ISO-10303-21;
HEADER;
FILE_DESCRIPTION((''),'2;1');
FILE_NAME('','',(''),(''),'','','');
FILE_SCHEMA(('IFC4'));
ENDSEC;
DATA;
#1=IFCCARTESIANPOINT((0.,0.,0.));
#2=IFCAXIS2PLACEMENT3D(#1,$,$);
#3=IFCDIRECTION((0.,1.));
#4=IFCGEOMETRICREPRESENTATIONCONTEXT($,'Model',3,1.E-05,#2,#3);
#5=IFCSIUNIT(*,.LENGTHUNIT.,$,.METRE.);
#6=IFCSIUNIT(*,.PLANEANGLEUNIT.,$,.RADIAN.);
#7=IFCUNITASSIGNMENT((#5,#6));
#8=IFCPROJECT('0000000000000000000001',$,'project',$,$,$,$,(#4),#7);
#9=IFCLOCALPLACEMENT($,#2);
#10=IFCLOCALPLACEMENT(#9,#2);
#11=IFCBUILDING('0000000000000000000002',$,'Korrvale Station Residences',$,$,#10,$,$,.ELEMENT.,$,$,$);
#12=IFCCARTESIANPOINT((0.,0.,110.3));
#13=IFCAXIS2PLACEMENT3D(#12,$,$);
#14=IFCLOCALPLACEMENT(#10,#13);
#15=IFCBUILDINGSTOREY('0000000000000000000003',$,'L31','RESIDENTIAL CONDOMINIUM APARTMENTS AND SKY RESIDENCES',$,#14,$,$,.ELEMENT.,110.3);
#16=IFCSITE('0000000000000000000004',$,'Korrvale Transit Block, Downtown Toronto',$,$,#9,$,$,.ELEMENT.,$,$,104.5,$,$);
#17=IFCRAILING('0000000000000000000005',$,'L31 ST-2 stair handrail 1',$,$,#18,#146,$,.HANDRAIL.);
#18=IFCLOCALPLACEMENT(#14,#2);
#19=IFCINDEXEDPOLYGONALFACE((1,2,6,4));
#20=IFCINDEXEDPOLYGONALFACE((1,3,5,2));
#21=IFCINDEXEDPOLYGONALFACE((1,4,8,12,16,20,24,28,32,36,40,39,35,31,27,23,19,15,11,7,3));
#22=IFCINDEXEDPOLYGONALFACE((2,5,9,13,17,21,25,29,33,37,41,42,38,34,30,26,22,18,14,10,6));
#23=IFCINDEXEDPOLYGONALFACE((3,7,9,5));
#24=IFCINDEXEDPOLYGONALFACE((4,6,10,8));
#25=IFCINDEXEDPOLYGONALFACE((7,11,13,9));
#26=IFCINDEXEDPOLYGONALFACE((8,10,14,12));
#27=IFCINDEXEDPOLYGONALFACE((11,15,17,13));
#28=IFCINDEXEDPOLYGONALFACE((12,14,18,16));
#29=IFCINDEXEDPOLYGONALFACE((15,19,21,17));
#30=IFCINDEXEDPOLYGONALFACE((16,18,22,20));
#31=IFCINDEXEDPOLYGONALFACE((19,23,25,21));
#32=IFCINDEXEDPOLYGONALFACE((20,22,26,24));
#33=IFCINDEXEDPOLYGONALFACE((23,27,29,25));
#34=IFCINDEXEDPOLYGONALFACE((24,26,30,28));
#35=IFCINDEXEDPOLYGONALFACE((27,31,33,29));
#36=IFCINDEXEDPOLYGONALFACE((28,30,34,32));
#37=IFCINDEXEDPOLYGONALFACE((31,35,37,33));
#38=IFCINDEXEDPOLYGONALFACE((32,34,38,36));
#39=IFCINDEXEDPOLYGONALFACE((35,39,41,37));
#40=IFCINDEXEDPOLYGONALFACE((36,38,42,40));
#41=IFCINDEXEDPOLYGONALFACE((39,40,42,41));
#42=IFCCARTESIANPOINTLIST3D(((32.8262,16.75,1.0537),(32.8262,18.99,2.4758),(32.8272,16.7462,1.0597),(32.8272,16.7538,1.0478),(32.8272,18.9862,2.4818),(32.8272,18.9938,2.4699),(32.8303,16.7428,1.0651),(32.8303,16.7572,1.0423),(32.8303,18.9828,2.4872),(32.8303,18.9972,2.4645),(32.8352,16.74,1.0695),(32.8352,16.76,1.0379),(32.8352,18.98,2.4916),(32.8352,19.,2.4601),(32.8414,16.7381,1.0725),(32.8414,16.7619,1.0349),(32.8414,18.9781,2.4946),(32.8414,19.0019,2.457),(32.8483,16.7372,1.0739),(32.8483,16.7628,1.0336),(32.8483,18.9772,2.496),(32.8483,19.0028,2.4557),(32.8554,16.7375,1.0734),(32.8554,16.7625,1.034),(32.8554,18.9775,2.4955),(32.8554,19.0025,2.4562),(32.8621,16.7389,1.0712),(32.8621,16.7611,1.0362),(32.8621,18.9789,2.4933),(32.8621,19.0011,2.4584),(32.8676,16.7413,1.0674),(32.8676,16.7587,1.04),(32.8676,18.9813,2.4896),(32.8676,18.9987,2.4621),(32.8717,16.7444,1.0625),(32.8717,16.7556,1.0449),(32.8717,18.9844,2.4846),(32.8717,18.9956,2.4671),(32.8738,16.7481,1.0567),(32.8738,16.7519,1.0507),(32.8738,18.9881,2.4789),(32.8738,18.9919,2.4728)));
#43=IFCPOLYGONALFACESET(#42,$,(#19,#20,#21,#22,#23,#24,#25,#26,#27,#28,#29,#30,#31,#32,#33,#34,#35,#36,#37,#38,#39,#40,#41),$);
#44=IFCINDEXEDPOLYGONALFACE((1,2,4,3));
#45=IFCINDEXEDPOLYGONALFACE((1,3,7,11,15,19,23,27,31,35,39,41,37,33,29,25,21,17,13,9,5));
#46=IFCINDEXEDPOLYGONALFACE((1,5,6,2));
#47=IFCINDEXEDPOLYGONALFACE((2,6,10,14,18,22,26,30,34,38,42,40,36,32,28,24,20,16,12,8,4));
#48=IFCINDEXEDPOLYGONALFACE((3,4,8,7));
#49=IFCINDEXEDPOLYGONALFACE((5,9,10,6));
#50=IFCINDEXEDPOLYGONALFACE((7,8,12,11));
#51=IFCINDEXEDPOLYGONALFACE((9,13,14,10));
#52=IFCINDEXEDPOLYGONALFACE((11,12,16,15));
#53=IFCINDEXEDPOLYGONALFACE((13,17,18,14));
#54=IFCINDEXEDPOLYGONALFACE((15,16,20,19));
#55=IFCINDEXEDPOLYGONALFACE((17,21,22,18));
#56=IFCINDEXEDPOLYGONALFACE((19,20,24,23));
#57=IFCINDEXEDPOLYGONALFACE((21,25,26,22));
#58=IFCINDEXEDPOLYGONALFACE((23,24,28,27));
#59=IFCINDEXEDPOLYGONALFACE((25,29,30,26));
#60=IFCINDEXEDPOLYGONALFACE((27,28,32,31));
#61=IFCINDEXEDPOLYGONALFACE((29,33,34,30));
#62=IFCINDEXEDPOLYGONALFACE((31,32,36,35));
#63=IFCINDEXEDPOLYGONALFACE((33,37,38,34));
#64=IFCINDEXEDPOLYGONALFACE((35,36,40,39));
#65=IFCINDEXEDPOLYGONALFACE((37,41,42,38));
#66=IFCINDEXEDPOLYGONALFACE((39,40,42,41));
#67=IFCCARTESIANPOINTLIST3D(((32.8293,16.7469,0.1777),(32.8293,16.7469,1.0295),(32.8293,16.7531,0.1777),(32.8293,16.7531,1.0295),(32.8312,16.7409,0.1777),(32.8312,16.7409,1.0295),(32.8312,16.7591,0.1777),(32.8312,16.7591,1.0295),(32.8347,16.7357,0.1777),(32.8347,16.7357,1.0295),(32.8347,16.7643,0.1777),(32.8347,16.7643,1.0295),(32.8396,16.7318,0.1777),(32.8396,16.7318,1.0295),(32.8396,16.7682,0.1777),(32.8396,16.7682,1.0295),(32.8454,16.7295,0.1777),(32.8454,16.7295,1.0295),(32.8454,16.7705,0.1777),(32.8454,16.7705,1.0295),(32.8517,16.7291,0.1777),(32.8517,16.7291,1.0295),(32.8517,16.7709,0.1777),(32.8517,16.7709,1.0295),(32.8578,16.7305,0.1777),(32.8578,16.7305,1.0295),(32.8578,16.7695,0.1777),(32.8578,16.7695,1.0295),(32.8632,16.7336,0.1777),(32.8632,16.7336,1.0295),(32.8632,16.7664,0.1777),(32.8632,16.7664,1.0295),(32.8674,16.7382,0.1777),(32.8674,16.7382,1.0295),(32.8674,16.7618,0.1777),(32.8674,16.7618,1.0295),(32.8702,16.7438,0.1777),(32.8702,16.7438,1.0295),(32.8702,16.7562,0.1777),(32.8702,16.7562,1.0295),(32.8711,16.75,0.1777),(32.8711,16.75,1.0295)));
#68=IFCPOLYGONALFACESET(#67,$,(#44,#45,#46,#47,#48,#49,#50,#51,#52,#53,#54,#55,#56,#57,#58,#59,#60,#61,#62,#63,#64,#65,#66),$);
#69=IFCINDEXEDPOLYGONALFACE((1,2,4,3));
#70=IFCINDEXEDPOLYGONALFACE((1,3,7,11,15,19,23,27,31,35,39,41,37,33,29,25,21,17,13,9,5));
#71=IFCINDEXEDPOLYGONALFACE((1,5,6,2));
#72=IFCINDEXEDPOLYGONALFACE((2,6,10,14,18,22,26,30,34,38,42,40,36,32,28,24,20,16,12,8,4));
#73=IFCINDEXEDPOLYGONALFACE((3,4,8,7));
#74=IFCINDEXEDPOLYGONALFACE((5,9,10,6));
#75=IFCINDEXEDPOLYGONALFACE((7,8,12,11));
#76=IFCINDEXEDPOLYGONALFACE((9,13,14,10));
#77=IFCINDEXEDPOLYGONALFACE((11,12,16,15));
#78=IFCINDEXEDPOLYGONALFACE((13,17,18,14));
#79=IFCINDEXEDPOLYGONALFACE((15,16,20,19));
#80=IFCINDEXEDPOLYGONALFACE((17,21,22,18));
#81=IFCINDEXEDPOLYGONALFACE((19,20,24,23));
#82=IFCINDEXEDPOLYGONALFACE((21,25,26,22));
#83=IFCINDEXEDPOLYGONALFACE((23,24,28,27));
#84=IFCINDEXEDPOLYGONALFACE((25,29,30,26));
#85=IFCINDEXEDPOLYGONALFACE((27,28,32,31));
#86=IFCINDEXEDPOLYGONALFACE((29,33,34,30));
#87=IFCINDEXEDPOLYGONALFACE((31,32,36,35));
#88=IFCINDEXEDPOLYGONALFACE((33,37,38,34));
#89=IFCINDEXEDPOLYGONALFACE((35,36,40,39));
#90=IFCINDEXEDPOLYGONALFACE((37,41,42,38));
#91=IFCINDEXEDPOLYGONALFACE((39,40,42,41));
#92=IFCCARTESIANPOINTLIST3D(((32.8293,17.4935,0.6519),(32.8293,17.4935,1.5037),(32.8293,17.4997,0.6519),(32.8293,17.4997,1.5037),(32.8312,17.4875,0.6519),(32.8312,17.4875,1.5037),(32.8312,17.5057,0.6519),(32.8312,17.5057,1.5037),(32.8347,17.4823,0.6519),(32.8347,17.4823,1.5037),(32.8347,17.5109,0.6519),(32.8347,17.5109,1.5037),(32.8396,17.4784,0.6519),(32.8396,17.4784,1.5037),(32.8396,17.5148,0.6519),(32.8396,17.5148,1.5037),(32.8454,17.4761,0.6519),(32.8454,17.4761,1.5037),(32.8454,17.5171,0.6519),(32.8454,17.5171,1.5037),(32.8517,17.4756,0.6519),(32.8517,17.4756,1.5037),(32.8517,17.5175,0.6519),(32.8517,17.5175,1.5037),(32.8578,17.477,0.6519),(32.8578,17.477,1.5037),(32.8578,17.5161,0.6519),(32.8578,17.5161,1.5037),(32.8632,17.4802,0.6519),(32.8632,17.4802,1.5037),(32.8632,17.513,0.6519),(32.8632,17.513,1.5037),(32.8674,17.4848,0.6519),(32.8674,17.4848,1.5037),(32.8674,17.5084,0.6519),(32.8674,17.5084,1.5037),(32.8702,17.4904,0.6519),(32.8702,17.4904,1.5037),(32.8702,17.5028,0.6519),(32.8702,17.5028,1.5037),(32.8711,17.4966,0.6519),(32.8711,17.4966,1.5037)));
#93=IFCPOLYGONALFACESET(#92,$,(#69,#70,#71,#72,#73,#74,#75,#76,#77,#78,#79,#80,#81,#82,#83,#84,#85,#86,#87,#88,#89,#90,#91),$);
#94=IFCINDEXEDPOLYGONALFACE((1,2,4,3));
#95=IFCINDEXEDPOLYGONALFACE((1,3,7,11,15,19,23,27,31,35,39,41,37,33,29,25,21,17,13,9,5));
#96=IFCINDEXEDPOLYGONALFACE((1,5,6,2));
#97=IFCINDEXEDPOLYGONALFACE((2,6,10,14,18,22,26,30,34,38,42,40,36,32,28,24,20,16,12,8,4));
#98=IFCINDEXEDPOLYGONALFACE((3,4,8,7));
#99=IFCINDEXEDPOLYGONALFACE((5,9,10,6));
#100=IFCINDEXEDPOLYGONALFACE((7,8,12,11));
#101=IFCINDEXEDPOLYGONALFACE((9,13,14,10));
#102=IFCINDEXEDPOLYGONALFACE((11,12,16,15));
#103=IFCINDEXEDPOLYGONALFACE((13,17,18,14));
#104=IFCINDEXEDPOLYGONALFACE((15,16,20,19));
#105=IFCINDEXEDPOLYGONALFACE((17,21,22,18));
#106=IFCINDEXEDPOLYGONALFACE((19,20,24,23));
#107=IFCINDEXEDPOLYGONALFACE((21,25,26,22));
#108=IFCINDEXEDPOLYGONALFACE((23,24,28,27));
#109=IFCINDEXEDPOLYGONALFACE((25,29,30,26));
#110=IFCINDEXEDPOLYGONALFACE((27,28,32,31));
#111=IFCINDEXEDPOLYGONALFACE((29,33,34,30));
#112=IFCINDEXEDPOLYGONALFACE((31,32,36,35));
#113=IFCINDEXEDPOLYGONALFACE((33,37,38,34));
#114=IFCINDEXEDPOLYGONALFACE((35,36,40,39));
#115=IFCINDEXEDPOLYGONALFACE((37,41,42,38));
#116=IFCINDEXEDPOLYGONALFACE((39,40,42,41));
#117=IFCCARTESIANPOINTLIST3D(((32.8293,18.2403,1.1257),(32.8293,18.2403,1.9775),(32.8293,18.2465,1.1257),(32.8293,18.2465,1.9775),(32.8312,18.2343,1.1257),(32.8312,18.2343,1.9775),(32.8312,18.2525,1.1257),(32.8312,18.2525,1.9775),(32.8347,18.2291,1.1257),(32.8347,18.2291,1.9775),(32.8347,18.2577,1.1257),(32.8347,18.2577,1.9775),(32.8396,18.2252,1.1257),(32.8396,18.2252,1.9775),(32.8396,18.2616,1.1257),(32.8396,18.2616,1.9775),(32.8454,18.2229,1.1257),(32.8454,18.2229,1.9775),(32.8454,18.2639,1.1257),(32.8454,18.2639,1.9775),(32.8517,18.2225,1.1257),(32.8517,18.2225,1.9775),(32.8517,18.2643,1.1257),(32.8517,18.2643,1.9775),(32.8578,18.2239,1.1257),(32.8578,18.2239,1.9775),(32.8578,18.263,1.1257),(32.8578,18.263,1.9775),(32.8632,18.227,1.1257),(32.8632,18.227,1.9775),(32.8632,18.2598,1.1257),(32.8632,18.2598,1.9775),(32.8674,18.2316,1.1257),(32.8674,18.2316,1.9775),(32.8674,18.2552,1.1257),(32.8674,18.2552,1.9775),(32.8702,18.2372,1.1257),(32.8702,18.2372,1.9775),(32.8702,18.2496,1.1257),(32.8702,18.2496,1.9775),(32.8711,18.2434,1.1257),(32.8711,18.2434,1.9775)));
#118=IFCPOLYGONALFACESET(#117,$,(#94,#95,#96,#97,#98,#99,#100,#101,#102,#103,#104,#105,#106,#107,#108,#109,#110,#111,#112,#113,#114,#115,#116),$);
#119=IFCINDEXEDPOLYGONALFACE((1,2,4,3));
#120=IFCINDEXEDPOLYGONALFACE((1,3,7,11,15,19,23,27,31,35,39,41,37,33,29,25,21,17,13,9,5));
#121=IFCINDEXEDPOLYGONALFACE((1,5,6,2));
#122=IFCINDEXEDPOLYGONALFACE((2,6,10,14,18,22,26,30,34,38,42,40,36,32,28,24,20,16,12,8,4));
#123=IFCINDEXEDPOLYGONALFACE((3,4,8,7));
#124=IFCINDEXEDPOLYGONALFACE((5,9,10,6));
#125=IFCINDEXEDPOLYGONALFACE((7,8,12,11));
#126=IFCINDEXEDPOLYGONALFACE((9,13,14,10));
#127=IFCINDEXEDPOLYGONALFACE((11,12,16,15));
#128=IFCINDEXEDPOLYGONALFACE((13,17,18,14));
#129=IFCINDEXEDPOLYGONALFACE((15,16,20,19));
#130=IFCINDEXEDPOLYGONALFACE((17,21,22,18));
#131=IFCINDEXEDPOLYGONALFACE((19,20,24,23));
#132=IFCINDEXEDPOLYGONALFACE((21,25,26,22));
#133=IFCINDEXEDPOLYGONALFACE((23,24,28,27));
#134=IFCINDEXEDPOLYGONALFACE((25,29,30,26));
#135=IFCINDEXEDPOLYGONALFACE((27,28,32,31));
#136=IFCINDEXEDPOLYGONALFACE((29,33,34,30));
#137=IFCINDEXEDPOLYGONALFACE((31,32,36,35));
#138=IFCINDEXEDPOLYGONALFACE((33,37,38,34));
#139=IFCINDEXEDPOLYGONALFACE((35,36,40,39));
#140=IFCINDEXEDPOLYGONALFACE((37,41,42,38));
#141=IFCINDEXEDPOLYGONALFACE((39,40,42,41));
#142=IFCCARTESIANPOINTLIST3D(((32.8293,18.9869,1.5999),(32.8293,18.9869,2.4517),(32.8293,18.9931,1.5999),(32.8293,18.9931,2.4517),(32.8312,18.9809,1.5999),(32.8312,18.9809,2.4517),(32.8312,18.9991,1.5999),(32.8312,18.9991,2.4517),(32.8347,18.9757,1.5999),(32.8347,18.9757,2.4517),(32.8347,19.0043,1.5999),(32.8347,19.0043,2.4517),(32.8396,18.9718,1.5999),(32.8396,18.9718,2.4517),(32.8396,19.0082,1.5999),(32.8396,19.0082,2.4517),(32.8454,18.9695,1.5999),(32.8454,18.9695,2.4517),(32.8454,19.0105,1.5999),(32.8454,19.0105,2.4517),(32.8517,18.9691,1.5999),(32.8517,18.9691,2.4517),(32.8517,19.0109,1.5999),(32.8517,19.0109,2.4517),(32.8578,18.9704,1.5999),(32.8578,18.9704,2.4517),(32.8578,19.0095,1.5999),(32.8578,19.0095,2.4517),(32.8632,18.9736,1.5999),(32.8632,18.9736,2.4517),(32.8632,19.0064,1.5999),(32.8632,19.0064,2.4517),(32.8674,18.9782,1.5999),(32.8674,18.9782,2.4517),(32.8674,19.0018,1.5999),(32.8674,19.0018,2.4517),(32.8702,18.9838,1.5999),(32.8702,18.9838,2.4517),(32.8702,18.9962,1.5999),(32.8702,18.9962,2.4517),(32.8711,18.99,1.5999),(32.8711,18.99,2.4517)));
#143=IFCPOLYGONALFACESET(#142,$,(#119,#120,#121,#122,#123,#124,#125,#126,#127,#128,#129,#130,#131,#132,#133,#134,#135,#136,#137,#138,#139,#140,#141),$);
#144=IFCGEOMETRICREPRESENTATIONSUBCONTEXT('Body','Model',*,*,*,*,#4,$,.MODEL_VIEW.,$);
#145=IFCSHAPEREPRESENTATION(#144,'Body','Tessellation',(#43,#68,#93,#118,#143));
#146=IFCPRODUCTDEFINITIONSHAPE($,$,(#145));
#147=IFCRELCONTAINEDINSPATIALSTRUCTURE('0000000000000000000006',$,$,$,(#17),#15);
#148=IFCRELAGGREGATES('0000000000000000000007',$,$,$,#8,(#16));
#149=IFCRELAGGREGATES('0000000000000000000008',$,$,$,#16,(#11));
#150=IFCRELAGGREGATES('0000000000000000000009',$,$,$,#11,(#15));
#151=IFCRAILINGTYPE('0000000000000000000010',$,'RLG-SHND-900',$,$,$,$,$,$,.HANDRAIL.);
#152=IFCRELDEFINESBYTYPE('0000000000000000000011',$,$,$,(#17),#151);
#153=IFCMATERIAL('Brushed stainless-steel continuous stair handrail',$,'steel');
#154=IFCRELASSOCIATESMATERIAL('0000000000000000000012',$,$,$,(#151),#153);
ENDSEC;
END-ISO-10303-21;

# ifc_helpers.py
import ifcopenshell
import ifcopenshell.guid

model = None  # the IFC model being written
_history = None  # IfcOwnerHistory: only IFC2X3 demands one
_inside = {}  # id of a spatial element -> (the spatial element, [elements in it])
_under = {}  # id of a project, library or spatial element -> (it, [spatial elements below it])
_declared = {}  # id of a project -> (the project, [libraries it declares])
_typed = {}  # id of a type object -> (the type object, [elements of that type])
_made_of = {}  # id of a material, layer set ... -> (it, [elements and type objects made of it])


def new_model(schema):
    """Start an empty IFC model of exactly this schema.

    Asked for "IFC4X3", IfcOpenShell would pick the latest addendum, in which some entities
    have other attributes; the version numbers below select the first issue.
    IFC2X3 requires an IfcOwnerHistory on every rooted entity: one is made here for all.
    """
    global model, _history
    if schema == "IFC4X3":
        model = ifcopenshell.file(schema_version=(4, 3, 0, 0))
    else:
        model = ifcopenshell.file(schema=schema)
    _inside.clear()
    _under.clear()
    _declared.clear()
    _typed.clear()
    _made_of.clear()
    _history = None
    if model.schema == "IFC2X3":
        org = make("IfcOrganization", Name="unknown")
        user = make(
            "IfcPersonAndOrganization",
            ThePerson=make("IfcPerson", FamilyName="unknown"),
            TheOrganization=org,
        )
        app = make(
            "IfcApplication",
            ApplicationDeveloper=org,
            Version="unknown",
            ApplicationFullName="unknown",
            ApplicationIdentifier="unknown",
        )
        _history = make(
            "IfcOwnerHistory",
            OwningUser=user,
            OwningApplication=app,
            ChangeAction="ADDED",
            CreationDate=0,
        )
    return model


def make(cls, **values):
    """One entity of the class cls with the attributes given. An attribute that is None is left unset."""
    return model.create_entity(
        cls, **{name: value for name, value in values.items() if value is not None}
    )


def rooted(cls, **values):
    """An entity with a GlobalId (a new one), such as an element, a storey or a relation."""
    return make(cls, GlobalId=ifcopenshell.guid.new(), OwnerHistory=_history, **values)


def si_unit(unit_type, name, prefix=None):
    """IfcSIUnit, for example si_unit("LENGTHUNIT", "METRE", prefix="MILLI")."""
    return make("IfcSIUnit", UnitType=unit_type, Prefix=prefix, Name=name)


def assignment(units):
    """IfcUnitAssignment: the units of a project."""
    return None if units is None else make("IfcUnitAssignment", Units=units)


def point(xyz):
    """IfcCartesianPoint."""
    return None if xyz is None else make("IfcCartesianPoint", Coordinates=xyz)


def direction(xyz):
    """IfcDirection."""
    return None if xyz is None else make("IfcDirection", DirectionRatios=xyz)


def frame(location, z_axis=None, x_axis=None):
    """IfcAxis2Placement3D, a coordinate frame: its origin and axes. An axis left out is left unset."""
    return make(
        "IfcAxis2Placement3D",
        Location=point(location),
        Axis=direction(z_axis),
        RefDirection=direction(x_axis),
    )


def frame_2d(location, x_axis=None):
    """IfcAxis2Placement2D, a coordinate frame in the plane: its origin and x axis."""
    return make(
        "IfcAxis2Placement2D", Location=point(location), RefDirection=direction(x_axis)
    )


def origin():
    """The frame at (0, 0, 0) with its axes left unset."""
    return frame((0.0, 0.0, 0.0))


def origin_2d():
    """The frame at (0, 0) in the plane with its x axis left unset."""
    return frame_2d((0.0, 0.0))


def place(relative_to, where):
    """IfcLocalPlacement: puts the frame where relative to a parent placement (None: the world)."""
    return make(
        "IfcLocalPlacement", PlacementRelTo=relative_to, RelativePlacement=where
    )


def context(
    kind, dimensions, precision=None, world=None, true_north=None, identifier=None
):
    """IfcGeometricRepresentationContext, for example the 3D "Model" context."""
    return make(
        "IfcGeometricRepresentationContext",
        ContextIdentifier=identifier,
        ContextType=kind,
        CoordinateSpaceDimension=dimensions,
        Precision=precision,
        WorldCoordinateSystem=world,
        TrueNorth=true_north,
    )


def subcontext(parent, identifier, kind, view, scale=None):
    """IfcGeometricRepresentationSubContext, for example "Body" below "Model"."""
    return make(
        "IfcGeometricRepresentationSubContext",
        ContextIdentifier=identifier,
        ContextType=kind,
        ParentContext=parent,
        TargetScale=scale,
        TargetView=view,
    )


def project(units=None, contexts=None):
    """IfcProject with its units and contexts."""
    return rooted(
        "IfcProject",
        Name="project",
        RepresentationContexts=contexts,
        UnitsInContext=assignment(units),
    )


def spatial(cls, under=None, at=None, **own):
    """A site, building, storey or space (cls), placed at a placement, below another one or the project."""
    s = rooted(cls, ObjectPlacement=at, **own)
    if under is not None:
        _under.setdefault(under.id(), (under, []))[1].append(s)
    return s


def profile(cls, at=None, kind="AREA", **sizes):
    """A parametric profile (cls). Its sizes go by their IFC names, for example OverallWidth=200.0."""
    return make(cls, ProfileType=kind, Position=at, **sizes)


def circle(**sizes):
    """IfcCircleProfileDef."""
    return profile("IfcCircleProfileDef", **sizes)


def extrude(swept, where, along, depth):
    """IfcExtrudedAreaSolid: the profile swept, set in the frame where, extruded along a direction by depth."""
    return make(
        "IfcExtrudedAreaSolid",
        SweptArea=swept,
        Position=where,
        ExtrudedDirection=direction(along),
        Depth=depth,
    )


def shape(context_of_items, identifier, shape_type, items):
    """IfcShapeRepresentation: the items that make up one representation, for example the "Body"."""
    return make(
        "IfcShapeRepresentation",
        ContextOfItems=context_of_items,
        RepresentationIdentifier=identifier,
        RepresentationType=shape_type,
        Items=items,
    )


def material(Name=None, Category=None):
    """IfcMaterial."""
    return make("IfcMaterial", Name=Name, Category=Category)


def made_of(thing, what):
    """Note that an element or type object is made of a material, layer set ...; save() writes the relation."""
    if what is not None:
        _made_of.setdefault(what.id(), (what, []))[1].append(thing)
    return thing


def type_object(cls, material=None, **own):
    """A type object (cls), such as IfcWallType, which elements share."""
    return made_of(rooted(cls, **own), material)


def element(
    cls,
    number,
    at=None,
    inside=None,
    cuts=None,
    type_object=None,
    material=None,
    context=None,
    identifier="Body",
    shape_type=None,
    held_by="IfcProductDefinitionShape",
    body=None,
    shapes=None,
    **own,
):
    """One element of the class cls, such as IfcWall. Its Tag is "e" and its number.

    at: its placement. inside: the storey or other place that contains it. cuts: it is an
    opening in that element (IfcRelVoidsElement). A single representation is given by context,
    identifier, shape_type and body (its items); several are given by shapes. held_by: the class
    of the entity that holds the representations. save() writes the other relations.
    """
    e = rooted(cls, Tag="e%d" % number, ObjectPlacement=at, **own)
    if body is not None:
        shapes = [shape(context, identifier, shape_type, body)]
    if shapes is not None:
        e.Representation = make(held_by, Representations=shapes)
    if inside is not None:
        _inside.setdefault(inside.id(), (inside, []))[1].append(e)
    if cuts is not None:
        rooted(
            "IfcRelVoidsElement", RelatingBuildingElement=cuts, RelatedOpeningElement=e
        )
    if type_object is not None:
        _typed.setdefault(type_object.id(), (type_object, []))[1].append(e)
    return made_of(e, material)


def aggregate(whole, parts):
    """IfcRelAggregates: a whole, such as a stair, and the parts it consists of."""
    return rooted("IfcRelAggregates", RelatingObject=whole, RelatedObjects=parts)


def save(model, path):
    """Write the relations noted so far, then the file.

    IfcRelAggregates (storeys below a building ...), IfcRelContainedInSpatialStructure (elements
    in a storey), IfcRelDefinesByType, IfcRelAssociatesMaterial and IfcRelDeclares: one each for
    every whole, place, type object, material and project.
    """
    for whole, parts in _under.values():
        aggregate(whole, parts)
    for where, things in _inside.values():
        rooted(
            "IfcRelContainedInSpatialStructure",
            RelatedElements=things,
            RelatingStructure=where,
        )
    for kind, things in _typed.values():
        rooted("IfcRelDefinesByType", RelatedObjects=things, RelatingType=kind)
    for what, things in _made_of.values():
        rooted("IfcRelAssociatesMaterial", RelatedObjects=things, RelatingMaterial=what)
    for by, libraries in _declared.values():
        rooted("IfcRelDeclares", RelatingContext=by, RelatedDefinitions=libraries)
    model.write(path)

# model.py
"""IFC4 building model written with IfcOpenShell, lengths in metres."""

from ifc_helpers import new_model, si_unit, direction, frame, origin, origin_2d, place, context, subcontext, project, spatial, circle, extrude, material, type_object, element, save


model = new_model("IFC4")

# Units and contexts
model_context = context("Model", 3, precision=1e-05, world=origin(), true_north=direction((0.0, 1.0)))
body_context = subcontext(model_context, "Body", "Model", "MODEL_VIEW")
ifc_project = project(units=[si_unit("LENGTHUNIT", "METRE"), si_unit("PLANEANGLEUNIT", "RADIAN")], contexts=[model_context])

# Site, building, storey
site_placement = place(None, origin())
site = spatial("IfcSite", under=ifc_project, at=site_placement, Name="Korrvale Transit Block, Downtown Toronto", CompositionType="ELEMENT", RefElevation=104.5)
building_placement = place(site_placement, origin())
building = spatial("IfcBuilding", under=site, at=building_placement, Name="Korrvale Station Residences", CompositionType="ELEMENT")
storey_placement = place(building_placement, frame((0.0, 0.0, 110.3)))
storey = spatial("IfcBuildingStorey", under=building, at=storey_placement, Name="L31", Description="RESIDENTIAL CONDOMINIUM APARTMENTS AND SKY RESIDENCES", CompositionType="ELEMENT", Elevation=110.3)

# Railing
ifc_material_1 = material(Name="Brushed stainless-steel continuous stair handrail", Category="steel")
railing_type_1 = type_object("IfcRailingType", Name="RLG-SHND-900", PredefinedType="HANDRAIL", material=ifc_material_1)
railing_1_placement = place(storey_placement, frame((32.8501, 16.75, 0.1777)))
element("IfcRailing", 1, at=railing_1_placement, inside=storey, type_object=railing_type_1, Name="L31 ST-2 stair handrail 1", PredefinedType="HANDRAIL", context=body_context, shape_type="SweptSolid", body=[
    extrude(circle(Radius=0.0239, at=origin_2d()), frame((0.0, 0.0, 0.876), z_axis=(0.0, 0.844229, 0.535982), x_axis=(-1.0, 0.0, 0.0)), (0.0, 0.0, 1.0), 2.6533),
    extrude(circle(Radius=0.021, at=origin_2d()), origin(), (0.0, 0.0, 1.0), 0.8518),
    extrude(circle(Radius=0.021, at=origin_2d()), frame((0.0, 0.7466, 0.4741)), (0.0, 0.0, 1.0), 0.8518),
    extrude(circle(Radius=0.021, at=origin_2d()), frame((0.0, 1.4934, 0.948)), (0.0, 0.0, 1.0), 0.8518),
    extrude(circle(Radius=0.021, at=origin_2d()), frame((0.0, 2.24, 1.4221)), (0.0, 0.0, 1.0), 0.8518),
])

save(model, "model.ifc")
